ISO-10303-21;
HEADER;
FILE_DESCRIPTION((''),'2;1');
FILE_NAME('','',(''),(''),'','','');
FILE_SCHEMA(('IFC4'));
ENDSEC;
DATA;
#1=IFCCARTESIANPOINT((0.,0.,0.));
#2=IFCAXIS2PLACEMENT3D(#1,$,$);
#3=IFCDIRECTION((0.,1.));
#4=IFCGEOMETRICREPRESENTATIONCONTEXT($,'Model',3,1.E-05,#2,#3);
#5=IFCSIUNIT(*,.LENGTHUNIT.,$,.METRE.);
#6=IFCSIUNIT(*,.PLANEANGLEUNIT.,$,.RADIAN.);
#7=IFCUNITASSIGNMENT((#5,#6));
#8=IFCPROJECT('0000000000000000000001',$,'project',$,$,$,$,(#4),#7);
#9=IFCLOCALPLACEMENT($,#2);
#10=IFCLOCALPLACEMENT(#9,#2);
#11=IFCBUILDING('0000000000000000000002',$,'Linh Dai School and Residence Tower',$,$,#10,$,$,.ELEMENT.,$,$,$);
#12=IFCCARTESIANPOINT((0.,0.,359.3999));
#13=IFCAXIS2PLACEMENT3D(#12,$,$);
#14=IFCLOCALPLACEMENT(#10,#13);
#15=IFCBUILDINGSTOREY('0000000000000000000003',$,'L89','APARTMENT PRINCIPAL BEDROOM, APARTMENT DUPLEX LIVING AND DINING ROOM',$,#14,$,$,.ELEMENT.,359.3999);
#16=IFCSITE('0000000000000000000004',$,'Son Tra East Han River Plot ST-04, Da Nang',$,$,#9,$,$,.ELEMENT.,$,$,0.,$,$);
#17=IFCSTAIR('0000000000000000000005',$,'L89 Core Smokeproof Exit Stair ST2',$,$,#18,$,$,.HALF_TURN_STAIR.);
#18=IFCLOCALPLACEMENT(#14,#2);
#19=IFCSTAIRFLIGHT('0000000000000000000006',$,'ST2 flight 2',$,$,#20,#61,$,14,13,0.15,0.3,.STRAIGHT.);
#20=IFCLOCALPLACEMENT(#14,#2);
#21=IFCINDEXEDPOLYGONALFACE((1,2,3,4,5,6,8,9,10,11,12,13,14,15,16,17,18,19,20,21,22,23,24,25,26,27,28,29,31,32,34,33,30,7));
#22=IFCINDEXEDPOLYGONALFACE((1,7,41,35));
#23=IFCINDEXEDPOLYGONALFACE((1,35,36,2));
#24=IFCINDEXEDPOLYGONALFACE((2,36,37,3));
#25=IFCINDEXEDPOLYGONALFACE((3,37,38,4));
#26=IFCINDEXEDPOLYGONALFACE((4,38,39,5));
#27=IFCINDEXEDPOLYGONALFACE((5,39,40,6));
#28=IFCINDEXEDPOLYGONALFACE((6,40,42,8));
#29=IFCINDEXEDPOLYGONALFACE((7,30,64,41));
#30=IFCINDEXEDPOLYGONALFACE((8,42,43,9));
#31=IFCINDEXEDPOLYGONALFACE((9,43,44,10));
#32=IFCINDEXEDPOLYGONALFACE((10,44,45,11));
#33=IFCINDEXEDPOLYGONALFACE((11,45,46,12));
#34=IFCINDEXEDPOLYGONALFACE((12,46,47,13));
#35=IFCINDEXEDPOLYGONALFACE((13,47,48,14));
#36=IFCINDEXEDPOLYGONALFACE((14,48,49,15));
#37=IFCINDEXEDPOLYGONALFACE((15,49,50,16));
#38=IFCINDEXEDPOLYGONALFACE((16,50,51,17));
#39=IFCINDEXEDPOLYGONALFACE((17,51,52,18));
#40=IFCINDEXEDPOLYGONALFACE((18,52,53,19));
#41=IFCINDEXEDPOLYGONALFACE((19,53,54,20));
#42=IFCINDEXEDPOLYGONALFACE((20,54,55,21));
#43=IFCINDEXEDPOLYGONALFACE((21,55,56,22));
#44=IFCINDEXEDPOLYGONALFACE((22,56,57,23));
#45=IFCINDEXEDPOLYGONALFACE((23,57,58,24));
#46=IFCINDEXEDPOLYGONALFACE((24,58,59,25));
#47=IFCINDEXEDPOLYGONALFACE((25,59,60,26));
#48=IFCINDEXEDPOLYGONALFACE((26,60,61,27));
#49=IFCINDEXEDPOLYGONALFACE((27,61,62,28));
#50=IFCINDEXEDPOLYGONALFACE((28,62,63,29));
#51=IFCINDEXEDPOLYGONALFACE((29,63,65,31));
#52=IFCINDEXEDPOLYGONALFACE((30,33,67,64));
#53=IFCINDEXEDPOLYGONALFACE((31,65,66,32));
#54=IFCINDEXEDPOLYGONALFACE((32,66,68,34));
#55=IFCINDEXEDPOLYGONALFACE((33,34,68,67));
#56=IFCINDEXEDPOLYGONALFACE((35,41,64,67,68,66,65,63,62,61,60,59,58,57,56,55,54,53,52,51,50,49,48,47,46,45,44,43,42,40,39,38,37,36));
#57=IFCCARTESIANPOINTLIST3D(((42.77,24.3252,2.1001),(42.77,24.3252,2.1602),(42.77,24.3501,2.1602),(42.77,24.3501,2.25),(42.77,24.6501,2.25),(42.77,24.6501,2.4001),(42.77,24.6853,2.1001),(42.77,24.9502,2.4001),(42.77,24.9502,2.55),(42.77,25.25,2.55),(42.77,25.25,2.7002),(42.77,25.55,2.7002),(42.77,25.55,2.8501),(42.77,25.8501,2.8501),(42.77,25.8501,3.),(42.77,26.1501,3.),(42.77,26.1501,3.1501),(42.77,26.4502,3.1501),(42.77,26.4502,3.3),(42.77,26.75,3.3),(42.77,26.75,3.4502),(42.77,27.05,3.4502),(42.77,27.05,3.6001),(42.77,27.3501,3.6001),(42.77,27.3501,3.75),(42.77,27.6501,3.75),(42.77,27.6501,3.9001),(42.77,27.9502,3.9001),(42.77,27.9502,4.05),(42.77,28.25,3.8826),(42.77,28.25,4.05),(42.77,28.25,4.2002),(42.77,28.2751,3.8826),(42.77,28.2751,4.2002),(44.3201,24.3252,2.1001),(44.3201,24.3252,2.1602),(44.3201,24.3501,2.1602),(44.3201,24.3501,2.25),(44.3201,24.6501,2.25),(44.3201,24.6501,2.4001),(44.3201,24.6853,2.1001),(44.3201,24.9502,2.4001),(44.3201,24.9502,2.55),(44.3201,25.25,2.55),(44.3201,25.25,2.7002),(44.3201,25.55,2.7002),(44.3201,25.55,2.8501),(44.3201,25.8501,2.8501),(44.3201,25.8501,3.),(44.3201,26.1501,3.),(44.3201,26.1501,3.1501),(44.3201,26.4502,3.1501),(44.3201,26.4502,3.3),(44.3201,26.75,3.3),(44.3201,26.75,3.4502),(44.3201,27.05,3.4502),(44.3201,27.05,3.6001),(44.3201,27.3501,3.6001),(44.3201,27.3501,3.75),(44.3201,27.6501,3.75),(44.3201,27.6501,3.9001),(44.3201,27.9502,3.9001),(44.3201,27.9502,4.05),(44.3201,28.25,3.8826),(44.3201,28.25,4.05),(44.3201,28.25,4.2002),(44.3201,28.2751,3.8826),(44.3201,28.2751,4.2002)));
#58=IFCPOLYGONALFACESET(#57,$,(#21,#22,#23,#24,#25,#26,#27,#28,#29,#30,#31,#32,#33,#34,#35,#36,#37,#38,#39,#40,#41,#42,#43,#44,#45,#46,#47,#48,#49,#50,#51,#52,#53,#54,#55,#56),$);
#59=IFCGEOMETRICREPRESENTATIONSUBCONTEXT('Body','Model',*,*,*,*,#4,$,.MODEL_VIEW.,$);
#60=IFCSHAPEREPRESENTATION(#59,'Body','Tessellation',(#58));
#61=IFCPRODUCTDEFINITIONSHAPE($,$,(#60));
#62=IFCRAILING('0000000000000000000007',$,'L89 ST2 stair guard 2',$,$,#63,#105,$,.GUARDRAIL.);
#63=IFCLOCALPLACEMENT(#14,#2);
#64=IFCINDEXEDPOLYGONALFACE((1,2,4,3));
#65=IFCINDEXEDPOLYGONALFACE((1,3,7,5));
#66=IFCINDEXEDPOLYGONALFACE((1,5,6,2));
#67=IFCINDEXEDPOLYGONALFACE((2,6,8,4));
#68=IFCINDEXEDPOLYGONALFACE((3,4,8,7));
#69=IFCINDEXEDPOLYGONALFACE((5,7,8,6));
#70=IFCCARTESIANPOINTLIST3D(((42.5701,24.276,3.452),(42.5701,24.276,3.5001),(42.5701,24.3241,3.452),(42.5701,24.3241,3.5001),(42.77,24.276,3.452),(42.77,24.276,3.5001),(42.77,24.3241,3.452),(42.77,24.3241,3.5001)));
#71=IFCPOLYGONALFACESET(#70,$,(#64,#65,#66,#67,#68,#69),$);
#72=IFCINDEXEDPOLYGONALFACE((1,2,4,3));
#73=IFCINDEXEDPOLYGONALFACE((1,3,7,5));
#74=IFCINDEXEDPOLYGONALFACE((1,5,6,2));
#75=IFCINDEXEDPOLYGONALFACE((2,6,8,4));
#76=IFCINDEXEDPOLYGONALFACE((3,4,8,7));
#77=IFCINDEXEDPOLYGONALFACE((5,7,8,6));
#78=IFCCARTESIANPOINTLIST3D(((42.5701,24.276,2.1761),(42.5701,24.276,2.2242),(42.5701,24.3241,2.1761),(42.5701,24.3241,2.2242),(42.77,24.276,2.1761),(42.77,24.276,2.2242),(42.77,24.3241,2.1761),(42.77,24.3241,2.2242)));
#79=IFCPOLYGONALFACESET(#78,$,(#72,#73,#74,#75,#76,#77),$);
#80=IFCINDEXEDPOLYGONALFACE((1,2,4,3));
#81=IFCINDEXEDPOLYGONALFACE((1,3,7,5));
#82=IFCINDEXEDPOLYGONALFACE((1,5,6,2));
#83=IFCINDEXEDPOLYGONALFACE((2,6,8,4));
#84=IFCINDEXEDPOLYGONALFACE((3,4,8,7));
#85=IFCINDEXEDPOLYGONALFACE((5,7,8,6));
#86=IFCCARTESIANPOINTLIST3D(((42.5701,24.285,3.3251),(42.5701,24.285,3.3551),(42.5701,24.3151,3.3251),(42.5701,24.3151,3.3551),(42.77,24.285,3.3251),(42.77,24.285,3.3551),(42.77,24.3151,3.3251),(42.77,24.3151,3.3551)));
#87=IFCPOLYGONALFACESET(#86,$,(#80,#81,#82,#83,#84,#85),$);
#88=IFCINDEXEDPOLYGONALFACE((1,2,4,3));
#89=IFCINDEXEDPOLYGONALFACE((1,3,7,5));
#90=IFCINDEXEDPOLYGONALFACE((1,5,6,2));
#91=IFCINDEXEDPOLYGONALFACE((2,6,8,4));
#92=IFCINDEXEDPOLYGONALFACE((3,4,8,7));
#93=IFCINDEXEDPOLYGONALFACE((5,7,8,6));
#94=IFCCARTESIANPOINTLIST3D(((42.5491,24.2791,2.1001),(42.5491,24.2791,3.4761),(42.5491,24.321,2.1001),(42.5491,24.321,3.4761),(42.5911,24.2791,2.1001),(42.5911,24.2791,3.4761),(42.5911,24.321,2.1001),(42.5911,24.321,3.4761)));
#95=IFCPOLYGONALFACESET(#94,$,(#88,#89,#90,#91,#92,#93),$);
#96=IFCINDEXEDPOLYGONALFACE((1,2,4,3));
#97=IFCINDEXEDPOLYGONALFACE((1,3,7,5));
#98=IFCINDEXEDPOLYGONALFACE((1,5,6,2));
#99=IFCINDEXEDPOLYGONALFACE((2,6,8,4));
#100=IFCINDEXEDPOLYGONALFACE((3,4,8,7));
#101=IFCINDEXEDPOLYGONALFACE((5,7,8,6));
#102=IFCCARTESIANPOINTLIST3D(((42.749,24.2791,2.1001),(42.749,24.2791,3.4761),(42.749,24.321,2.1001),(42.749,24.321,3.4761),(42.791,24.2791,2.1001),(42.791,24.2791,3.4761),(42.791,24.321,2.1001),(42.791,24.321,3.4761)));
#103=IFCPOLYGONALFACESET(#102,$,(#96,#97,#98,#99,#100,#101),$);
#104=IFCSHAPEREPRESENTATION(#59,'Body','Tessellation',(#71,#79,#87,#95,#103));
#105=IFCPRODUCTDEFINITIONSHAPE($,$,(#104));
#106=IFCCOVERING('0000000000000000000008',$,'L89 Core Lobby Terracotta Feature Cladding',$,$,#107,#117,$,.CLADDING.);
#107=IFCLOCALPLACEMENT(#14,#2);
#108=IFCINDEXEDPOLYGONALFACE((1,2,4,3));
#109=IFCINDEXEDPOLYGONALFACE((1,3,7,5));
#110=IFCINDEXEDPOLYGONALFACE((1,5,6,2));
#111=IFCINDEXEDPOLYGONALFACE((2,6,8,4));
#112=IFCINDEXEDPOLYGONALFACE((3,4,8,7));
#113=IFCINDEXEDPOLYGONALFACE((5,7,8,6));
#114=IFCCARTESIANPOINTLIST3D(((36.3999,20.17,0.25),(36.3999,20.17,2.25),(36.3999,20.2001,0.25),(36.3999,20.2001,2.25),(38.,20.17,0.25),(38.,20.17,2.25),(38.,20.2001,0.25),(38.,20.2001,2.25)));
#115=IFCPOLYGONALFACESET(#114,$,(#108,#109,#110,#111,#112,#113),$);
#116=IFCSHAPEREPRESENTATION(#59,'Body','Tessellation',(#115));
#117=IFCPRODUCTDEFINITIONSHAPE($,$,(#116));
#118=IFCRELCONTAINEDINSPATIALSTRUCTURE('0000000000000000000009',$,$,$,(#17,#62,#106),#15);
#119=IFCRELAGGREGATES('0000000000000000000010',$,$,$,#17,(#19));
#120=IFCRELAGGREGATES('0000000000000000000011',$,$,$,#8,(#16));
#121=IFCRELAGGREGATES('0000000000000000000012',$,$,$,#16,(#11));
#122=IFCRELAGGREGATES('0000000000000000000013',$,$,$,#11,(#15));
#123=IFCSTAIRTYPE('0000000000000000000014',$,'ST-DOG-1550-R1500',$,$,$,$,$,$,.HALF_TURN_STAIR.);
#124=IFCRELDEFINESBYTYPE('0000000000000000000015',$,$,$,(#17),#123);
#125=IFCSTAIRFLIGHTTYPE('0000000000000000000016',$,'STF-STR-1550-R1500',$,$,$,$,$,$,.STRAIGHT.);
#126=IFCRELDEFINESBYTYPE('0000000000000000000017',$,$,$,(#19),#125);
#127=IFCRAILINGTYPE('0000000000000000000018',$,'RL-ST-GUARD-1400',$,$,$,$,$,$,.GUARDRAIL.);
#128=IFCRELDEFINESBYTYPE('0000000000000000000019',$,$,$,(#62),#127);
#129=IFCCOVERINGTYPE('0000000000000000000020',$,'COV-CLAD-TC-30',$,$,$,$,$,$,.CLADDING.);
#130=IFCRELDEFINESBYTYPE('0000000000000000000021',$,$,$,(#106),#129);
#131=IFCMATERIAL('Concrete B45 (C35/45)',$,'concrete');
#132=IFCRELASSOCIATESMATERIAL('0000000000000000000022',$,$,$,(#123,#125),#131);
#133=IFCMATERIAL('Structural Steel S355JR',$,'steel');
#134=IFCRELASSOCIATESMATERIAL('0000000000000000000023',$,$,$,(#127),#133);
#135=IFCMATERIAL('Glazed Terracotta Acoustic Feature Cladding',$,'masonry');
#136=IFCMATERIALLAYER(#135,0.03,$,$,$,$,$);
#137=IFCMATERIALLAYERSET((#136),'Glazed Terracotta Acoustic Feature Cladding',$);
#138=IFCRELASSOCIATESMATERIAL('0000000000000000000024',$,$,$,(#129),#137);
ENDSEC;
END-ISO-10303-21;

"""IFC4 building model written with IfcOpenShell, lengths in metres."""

from ifc_helpers import new_model, si_unit, direction, frame, origin, origin_2d, place, context, subcontext, project, spatial, polyline, rectangle, outline, extrude, source, transform, mapped, material, layer, layer_set, type_object, element, aggregate, save


model = new_model("IFC4")

# Units and contexts
model_context = context("Model", 3, precision=1e-05, world=origin(), true_north=direction((0.0, 1.0)))
body_context = subcontext(model_context, "Body", "Model", "MODEL_VIEW")
ifc_project = project(units=[si_unit("LENGTHUNIT", "METRE"), si_unit("PLANEANGLEUNIT", "RADIAN")], contexts=[model_context])

# Site, building, storey
site_placement = place(None, origin())
site = spatial("IfcSite", under=ifc_project, at=site_placement, Name="Son Tra East Han River Plot ST-04, Da Nang", CompositionType="ELEMENT", RefElevation=0.0)
building_placement = place(site_placement, origin())
building = spatial("IfcBuilding", under=site, at=building_placement, Name="Linh Dai School and Residence Tower", CompositionType="ELEMENT")
storey_placement = place(building_placement, frame((0.0, 0.0, 359.3999)))
storey = spatial("IfcBuildingStorey", under=building, at=storey_placement, Name="L89", Description="APARTMENT PRINCIPAL BEDROOM, APARTMENT DUPLEX LIVING AND DINING ROOM", CompositionType="ELEMENT", Elevation=359.3999)

# Shared definitions
ifc_material_1 = material(Name="Structural Steel S355JR", Category="steel")

# Shared definitions
ifc_material_2 = material(Name="Concrete B45 (C35/45)", Category="concrete")

# Stair, stair flight
stair_type = type_object("IfcStairType", Name="ST-DOG-1550-R1500", PredefinedType="HALF_TURN_STAIR", material=ifc_material_2)
stair_placement = place(storey_placement, origin())
stair = element("IfcStair", 1, at=stair_placement, inside=storey, type_object=stair_type, Name="L89 Core Smokeproof Exit Stair ST2", PredefinedType="HALF_TURN_STAIR")
stair_flight_type = type_object("IfcStairFlightType", Name="STF-STR-1550-R1500", PredefinedType="STRAIGHT", material=ifc_material_2)
shared_shape_1 = source(origin(), body_context, "Body", "SweptSolid", [
    extrude(outline(polyline([(-0.0249, 0.0), (-0.0249, 0.0601), (0.0, 0.0601), (0.0, 0.1499), (0.3, 0.1499), (0.3, 0.3), (0.6001, 0.3), (0.6001, 0.45), (0.8999, 0.45), (0.8999, 0.6001), (1.2, 0.6001), (1.2, 0.75), (1.5, 0.75), (1.5, 0.8999), (1.8, 0.8999), (1.8, 1.05), (2.1001, 1.05), (2.1001, 1.2), (2.3999, 1.2), (2.3999, 1.3501), (2.7, 1.3501), (2.7, 1.5), (3.0, 1.5), (3.0, 1.6499), (3.3, 1.6499), (3.3, 1.8), (3.6001, 1.8), (3.6001, 1.95), (3.8999, 1.95), (3.8999, 2.1001), (3.925, 2.1001), (3.925, 1.7825), (3.8999, 1.7825), (0.3352, 0.0), (-0.0249, 0.0)])), frame((0.0, 0.7749, 0.0), z_axis=(0.0, -1.0, 0.0), x_axis=(1.0, 0.0, 0.0)), (0.0, 0.0, 1.0), 1.55),
])
stair_flight_placement = place(storey_placement, frame((43.5449, 24.3501, 2.1001), z_axis=(0.0, 0.0, 1.0), x_axis=(0.0, 1.0, 0.0)))
stair_flight = element("IfcStairFlight", 2, at=stair_flight_placement, type_object=stair_flight_type, Name="ST2 flight 2", NumberOfRisers=14, NumberOfTreads=13, PredefinedType="STRAIGHT", RiserHeight=0.15, TreadLength=0.3, context=body_context, shape_type="MappedRepresentation", body=[
    mapped(shared_shape_1, transform((0.0, 0.0, 0.0), x_axis=(1.0, 0.0, 0.0), y_axis=(0.0, 1.0, 0.0), z_axis=(0.0, 0.0, 1.0), scale=1.0)),
])
aggregate(stair, [stair_flight])

# Railing
railing_type = type_object("IfcRailingType", Name="RL-ST-GUARD-1400", PredefinedType="GUARDRAIL", material=ifc_material_1)
shared_shape_2 = source(origin(), body_context, "Body", "SweptSolid", [
    extrude(rectangle(XDim=0.0481, YDim=0.0481, at=origin_2d()), frame((0.0, 0.0, 1.376), z_axis=(1.0, 0.0, 0.0), x_axis=(0.0, 1.0, 0.0)), (0.0, 0.0, 1.0), 0.2),
    extrude(rectangle(XDim=0.0481, YDim=0.0481, at=origin_2d()), frame((0.0, 0.0, 0.1001), z_axis=(1.0, 0.0, 0.0), x_axis=(0.0, 1.0, 0.0)), (0.0, 0.0, 1.0), 0.2),
    extrude(rectangle(XDim=0.03, YDim=0.03, at=origin_2d()), frame((0.0, 0.0, 1.24), z_axis=(1.0, 0.0, 0.0), x_axis=(0.0, 1.0, 0.0)), (0.0, 0.0, 1.0), 0.2),
    extrude(rectangle(XDim=0.042, YDim=0.042, at=origin_2d()), origin(), (0.0, 0.0, 1.0), 1.376),
    extrude(rectangle(XDim=0.042, YDim=0.042, at=origin_2d()), frame((0.2, 0.0, 0.0)), (0.0, 0.0, 1.0), 1.376),
])
railing_1_placement = place(storey_placement, frame((42.5701, 24.3, 2.1001)))
element("IfcRailing", 3, at=railing_1_placement, inside=storey, type_object=railing_type, Name="L89 ST2 stair guard 2", PredefinedType="GUARDRAIL", context=body_context, shape_type="MappedRepresentation", body=[
    mapped(shared_shape_2, transform((0.0, 0.0, 0.0), x_axis=(1.0, 0.0, 0.0), y_axis=(0.0, 1.0, 0.0), z_axis=(0.0, 0.0, 1.0), scale=1.0)),
])

# Covering
ifc_material_3 = material(Name="Glazed Terracotta Acoustic Feature Cladding", Category="masonry")
ifc_layer_1 = layer(ifc_material_3, 0.03)
ifc_layer_set_1 = layer_set([ifc_layer_1], Name="Glazed Terracotta Acoustic Feature Cladding")
covering_type = type_object("IfcCoveringType", Name="COV-CLAD-TC-30", PredefinedType="CLADDING", material=ifc_layer_set_1)
shared_shape_3 = source(origin(), body_context, "Body", "SweptSolid", [
    extrude(rectangle(XDim=1.6001, YDim=0.03, at=origin_2d()), origin(), (0.0, 0.0, 1.0), 2.0),
])
covering_placement = place(storey_placement, frame((37.2, 20.1851, 0.25), z_axis=(0.0, 0.0, 1.0), x_axis=(1.0, 0.0, 0.0)))
element("IfcCovering", 4, at=covering_placement, inside=storey, type_object=covering_type, Name="L89 Core Lobby Terracotta Feature Cladding", PredefinedType="CLADDING", context=body_context, shape_type="MappedRepresentation", body=[
    mapped(shared_shape_3, transform((0.0, 0.0, 0.0), x_axis=(1.0, 0.0, 0.0), y_axis=(0.0, 1.0, 0.0), z_axis=(0.0, 0.0, 1.0), scale=1.0)),
])

save(model, "model.ifc")
